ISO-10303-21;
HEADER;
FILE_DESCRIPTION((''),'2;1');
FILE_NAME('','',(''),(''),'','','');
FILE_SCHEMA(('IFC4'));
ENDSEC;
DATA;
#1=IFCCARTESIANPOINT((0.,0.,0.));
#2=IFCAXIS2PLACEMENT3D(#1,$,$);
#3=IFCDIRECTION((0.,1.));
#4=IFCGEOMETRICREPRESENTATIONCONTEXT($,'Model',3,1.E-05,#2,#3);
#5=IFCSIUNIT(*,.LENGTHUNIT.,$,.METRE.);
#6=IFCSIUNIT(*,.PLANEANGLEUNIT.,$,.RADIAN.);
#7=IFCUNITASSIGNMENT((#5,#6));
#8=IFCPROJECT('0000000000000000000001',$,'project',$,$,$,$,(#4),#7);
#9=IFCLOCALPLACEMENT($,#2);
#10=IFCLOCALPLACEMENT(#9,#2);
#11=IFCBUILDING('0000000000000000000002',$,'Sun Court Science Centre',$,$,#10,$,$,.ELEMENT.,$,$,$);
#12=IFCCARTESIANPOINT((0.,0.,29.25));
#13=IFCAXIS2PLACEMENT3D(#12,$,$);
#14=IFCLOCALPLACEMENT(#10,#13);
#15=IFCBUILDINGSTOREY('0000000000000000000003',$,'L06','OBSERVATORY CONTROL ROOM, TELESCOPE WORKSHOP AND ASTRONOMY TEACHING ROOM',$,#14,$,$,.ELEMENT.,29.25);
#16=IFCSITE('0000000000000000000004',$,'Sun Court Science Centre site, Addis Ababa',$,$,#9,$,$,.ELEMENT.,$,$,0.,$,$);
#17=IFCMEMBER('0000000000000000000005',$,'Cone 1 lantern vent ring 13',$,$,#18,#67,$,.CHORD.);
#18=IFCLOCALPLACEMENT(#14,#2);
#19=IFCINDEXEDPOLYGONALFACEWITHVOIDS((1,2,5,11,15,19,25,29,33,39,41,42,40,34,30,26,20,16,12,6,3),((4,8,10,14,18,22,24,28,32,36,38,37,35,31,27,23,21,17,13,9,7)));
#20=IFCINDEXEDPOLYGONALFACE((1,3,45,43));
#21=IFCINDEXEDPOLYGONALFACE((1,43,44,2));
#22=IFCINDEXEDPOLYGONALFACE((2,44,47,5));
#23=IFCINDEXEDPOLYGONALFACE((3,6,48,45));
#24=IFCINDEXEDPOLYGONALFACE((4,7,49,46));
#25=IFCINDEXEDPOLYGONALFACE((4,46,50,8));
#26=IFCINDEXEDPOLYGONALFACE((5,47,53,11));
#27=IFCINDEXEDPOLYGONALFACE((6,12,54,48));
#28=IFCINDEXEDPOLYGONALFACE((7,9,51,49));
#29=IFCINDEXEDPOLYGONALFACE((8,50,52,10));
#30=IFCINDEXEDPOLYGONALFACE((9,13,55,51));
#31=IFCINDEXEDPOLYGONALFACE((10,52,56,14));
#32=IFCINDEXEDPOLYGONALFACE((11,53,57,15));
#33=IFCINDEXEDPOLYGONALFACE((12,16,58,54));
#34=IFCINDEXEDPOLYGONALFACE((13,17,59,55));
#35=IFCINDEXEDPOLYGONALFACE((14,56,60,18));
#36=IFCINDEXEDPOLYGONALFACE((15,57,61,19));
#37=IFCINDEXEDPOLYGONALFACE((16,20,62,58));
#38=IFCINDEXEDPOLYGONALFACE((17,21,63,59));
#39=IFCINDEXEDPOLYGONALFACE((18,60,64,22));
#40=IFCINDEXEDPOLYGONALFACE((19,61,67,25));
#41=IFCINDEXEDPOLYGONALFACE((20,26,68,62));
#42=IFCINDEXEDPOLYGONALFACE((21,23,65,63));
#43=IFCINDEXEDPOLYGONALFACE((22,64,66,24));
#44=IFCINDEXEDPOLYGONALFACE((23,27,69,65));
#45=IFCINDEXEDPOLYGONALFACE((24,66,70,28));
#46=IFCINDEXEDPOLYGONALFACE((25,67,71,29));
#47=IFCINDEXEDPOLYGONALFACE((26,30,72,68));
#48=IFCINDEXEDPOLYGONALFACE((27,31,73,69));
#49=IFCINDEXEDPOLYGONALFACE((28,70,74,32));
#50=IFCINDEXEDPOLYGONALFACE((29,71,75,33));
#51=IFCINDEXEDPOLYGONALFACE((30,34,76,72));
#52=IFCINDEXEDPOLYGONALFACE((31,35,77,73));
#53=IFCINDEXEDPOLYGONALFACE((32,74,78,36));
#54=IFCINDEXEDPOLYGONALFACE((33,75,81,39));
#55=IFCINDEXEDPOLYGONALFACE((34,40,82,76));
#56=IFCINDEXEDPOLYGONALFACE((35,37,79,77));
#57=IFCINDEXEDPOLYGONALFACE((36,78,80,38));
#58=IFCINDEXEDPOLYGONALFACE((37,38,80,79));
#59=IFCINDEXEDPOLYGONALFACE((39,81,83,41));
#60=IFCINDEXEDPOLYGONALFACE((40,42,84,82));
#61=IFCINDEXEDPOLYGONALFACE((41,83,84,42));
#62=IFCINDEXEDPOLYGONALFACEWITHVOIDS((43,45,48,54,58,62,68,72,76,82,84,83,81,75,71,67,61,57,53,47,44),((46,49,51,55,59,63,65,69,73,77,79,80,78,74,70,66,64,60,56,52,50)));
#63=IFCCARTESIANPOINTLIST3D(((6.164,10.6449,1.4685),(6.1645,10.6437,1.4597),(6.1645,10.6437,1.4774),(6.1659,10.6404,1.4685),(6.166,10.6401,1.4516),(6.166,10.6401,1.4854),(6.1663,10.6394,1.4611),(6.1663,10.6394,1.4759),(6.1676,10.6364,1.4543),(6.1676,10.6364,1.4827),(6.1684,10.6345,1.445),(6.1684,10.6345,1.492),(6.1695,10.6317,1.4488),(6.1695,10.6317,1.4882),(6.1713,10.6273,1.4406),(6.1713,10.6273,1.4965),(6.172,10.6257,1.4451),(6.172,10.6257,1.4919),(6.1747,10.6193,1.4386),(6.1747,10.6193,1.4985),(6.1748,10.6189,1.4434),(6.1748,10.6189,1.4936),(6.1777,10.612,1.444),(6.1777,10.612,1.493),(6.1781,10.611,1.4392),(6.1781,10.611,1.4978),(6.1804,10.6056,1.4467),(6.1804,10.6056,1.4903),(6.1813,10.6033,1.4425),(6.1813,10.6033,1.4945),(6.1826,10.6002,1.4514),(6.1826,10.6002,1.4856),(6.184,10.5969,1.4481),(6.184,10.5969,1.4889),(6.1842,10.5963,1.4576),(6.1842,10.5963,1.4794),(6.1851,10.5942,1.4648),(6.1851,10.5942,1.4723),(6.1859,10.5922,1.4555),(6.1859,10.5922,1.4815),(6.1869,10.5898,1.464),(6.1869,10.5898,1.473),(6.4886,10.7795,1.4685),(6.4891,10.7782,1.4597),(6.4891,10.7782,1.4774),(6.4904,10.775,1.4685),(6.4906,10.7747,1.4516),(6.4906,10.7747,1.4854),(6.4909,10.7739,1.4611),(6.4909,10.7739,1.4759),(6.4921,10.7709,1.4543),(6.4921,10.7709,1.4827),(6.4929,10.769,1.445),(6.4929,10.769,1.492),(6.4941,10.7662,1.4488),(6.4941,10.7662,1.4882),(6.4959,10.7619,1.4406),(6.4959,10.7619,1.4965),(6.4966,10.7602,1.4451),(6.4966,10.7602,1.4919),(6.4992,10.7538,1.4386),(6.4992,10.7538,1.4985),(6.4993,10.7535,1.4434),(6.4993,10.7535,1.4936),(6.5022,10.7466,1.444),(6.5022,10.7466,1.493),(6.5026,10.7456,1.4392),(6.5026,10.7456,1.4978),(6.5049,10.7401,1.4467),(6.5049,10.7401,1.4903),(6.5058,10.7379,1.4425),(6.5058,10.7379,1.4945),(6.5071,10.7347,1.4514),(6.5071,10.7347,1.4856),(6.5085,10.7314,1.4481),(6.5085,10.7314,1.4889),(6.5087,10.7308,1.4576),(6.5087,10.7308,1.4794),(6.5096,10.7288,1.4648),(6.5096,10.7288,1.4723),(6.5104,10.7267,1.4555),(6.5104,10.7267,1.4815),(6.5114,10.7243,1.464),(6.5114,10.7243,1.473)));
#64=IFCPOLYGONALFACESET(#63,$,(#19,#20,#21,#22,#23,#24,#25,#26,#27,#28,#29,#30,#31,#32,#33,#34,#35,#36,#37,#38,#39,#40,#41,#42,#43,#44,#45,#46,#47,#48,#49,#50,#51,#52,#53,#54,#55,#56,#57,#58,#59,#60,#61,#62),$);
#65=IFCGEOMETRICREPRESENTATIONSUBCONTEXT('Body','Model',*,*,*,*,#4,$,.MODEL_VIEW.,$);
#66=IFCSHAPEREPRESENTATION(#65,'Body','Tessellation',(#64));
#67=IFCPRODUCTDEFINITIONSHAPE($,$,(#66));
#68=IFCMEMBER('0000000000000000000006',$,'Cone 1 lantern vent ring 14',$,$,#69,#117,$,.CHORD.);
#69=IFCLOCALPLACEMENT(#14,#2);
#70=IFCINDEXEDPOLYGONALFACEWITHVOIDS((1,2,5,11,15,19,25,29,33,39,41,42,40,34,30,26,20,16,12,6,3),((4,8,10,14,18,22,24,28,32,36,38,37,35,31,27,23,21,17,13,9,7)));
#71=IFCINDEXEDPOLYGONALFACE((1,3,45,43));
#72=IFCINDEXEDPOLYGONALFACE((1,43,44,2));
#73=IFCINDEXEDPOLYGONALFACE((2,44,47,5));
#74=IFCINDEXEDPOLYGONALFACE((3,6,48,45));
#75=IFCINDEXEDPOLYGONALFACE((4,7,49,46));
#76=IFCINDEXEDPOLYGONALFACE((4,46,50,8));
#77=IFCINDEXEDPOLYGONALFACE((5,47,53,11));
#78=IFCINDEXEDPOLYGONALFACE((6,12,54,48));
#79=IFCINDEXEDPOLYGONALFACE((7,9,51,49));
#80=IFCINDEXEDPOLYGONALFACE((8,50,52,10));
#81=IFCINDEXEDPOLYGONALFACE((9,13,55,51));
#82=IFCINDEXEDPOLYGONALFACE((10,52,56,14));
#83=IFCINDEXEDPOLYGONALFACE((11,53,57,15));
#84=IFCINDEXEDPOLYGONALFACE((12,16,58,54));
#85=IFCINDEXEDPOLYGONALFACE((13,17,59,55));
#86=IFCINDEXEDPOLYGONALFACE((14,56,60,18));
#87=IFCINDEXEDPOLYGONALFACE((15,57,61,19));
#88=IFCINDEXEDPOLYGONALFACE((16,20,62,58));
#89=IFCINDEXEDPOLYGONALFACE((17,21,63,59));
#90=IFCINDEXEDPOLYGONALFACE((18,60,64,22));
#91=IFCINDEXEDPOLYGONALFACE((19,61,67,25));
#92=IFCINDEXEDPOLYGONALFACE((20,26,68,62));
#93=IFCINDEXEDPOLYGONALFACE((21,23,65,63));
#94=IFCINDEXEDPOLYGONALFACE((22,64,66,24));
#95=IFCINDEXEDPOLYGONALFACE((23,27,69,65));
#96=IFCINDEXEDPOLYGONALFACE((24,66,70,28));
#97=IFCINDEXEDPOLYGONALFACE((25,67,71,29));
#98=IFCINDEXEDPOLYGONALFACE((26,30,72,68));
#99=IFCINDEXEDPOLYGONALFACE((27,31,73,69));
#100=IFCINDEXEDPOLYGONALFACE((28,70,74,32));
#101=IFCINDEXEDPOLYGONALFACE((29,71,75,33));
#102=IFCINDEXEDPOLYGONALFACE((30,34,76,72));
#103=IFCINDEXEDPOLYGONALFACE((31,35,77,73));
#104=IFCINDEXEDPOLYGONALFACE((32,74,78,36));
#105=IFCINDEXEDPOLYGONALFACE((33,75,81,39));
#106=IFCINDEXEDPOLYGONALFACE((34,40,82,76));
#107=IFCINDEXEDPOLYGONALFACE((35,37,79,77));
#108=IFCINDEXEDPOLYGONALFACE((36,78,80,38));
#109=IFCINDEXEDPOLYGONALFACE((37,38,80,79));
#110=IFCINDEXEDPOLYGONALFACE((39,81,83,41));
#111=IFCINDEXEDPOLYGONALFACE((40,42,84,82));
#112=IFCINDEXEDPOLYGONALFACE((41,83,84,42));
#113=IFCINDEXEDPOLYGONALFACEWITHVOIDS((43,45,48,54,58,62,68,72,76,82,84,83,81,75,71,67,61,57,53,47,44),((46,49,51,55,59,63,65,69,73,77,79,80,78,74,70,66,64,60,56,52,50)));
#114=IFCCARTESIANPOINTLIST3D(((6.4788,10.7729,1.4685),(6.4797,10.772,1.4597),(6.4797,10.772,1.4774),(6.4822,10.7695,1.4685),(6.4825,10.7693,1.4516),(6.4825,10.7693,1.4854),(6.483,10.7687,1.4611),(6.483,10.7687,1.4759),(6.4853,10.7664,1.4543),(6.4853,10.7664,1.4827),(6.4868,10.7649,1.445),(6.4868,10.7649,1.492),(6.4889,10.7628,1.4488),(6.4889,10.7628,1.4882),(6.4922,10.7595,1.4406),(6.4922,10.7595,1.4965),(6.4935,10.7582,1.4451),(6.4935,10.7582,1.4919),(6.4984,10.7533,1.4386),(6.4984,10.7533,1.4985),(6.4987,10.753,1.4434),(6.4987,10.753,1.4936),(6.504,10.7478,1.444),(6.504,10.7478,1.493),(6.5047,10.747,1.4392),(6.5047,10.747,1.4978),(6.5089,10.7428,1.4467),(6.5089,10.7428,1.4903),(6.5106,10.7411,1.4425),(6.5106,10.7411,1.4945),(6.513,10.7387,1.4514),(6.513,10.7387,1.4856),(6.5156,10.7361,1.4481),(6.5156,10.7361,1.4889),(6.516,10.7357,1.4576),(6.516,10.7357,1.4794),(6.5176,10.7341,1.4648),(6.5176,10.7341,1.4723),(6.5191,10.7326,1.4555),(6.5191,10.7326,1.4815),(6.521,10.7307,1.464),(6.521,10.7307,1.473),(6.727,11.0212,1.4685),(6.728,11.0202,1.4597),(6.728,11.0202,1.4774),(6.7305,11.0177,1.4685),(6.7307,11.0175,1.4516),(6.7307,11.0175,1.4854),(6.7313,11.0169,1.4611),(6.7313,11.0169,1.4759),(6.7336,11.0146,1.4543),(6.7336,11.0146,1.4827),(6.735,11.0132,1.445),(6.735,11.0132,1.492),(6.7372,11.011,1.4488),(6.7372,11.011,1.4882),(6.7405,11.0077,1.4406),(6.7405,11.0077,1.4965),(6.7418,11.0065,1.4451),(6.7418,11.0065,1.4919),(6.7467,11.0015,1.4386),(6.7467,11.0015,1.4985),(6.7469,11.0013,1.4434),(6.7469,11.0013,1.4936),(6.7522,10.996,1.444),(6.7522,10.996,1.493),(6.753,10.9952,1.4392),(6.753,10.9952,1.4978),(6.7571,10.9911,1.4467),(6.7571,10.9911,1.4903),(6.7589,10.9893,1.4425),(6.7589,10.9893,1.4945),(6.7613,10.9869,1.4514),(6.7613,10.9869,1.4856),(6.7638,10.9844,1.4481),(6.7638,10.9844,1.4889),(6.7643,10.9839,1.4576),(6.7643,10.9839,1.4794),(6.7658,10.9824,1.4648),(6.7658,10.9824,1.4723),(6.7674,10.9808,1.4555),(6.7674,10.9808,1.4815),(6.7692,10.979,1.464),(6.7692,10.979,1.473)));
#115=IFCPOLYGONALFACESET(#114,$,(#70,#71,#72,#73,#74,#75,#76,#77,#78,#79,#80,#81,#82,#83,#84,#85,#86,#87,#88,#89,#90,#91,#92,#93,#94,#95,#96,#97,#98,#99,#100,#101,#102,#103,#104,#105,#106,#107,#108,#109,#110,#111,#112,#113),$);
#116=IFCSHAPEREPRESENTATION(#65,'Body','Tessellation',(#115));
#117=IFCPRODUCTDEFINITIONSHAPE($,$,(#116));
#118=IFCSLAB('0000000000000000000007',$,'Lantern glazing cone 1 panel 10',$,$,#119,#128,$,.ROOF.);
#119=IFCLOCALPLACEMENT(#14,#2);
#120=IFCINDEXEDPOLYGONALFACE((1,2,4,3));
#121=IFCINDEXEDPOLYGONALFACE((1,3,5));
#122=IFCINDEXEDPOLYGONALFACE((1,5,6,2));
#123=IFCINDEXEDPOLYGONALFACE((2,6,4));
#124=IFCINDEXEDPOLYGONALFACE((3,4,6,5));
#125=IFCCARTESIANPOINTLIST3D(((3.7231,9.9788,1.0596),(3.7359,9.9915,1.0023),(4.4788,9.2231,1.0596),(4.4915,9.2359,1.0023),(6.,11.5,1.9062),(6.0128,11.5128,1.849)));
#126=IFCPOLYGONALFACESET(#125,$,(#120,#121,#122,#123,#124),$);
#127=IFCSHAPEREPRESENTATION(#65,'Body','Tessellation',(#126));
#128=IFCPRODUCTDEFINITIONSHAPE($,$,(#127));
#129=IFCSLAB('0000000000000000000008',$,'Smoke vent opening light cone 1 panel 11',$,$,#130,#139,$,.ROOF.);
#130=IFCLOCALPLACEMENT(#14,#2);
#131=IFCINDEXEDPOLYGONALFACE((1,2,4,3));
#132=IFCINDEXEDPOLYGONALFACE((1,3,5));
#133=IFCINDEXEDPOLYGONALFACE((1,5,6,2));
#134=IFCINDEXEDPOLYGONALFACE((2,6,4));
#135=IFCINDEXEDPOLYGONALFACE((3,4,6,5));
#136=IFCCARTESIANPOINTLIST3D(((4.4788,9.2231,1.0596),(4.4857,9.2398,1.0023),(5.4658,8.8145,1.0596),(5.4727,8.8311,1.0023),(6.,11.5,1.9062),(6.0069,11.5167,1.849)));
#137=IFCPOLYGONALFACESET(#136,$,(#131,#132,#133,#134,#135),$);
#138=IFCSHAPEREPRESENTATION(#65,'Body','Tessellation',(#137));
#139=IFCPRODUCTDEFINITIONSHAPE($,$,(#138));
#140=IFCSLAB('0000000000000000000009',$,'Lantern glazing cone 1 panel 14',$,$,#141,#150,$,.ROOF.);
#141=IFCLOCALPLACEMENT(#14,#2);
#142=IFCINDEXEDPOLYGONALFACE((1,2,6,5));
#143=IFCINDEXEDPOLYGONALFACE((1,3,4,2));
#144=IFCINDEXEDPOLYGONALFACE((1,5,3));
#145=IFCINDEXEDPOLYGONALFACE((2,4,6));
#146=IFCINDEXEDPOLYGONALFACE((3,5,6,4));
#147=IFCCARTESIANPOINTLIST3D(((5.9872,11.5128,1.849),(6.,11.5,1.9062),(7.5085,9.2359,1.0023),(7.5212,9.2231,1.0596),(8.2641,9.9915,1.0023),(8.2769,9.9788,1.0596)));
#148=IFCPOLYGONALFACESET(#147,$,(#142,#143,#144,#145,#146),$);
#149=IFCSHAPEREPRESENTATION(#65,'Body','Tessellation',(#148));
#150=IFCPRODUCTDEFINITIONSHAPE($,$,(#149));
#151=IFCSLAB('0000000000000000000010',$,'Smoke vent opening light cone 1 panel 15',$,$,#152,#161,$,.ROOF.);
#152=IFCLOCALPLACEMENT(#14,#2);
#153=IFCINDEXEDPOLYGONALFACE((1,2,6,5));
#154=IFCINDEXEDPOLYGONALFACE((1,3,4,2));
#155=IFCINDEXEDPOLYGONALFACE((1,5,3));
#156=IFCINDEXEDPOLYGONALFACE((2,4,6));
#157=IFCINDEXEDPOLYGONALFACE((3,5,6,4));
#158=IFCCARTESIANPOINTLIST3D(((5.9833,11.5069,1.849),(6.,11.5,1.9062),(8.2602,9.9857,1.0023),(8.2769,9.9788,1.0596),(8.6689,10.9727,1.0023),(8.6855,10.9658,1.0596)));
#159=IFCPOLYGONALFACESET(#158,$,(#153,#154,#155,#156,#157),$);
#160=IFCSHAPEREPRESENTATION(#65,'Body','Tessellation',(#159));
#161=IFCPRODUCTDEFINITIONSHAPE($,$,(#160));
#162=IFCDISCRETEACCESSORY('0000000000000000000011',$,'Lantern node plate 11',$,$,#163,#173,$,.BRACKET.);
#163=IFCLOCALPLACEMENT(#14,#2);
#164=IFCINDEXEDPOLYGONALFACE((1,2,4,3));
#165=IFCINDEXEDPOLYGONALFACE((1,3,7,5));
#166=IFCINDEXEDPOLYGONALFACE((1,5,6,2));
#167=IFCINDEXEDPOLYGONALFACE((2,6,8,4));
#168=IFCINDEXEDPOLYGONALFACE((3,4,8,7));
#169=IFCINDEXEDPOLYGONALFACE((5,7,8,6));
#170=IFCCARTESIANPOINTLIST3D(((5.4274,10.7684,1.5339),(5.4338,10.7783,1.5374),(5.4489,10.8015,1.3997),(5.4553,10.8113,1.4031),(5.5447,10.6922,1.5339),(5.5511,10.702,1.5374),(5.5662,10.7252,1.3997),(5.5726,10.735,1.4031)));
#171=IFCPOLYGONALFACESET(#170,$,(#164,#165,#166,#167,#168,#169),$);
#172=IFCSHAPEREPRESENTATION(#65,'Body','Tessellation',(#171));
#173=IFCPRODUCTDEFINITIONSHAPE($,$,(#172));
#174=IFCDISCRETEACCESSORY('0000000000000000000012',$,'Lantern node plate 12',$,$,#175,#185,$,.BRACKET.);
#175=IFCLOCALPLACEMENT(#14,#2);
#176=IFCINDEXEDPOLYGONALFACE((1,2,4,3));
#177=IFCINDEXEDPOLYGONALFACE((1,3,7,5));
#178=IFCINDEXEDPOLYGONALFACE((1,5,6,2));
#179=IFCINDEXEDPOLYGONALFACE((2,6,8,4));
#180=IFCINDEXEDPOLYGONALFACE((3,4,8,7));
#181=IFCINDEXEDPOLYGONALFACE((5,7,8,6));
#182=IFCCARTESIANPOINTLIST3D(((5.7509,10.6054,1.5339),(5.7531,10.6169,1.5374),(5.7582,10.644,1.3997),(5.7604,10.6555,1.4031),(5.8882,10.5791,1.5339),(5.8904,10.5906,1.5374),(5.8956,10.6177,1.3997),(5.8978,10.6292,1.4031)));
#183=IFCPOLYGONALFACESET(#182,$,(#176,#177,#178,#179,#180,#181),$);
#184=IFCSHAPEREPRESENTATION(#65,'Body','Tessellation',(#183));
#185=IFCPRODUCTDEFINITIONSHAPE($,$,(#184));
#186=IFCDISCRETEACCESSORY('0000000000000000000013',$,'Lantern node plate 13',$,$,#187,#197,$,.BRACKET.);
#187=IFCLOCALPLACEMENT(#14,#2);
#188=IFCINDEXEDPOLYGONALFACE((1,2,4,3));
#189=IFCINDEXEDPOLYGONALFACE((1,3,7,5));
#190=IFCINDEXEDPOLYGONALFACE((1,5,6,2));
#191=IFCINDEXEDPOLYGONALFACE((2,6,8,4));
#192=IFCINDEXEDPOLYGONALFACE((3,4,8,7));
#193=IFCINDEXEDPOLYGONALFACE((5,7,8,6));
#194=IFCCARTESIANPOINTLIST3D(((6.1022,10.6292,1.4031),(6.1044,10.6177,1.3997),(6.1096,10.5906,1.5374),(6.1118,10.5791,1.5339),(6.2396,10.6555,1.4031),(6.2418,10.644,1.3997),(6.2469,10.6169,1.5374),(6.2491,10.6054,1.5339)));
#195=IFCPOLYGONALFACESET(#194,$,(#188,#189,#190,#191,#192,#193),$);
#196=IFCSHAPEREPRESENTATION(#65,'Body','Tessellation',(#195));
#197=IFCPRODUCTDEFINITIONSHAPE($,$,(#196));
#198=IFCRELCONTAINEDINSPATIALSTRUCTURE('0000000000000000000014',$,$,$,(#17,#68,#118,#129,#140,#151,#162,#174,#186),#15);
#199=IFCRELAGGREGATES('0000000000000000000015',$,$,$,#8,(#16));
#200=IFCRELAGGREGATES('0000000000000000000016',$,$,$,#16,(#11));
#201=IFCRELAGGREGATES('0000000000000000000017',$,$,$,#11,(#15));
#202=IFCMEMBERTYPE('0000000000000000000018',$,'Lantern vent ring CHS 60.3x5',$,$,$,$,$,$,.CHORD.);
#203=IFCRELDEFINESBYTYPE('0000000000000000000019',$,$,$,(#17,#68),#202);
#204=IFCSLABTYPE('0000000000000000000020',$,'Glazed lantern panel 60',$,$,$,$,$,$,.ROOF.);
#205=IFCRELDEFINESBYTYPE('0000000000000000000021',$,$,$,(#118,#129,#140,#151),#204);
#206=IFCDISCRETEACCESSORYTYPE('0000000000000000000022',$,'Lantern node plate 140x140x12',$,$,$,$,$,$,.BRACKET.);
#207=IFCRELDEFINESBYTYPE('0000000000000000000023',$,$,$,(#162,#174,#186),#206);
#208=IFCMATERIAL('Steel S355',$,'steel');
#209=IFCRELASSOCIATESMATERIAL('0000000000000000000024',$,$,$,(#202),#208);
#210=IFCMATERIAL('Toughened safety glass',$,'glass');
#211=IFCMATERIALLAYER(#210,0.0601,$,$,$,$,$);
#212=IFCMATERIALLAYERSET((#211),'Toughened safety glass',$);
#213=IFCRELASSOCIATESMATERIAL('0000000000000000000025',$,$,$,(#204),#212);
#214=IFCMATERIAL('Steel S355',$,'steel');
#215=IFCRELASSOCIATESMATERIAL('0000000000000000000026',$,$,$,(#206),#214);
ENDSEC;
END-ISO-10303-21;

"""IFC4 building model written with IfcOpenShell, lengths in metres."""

from ifc_helpers import new_model, si_unit, direction, frame, origin, origin_2d, place, context, subcontext, project, spatial, polyline, rectangle, hollow_circle, outline, extrude, material, layer, layer_set, material_profile, profile_set, type_object, element, save


model = new_model("IFC4")

# Units and contexts
model_context = context("Model", 3, precision=1e-05, world=origin(), true_north=direction((0.0, 1.0)))
body_context = subcontext(model_context, "Body", "Model", "MODEL_VIEW")
ifc_project = project(units=[si_unit("LENGTHUNIT", "METRE"), si_unit("PLANEANGLEUNIT", "RADIAN")], contexts=[model_context])

# Site, building, storey
site_placement = place(None, origin())
site = spatial("IfcSite", under=ifc_project, at=site_placement, Name="Sun Court Science Centre site, Addis Ababa", CompositionType="ELEMENT", RefElevation=0.0)
building_placement = place(site_placement, origin())
building = spatial("IfcBuilding", under=site, at=building_placement, Name="Sun Court Science Centre", CompositionType="ELEMENT")
storey_placement = place(building_placement, frame((0.0, 0.0, 29.25)))
storey = spatial("IfcBuildingStorey", under=building, at=storey_placement, Name="L06", Description="OBSERVATORY CONTROL ROOM, TELESCOPE WORKSHOP AND ASTRONOMY TEACHING ROOM", CompositionType="ELEMENT", Elevation=29.25)

# Members
ifc_material_1 = material(Name="Steel S355", Category="steel")
ifc_material_profile_1 = material_profile(ifc_material_1, hollow_circle(Radius=0.03, WallThickness=0.0049, at=origin_2d()), Name="CHS 60.3x5")
ifc_profile_set_1 = profile_set([ifc_material_profile_1], Name="Steel S355")
member_type_1 = type_object("IfcMemberType", Name="Lantern vent ring CHS 60.3x5", PredefinedType="CHORD", material=ifc_profile_set_1)
member_1_placement = place(storey_placement, frame((6.1755, 10.6172, 1.4685), z_axis=(0.923754, 0.382986, 0.0), x_axis=(-0.382986, 0.923754, 0.0)))
element("IfcMember", 1, at=member_1_placement, inside=storey, type_object=member_type_1, Name="Cone 1 lantern vent ring 13", PredefinedType="CHORD", context=body_context, shape_type="SweptSolid", body=[
    extrude(hollow_circle(Radius=0.03, WallThickness=0.0049, at=origin_2d()), origin(), (0.0, 0.0, 1.0), 0.3513),
])
member_2_placement = place(storey_placement, frame((6.5, 10.7517, 1.4685), z_axis=(0.707107, 0.707107, 0.0), x_axis=(-0.707107, 0.707107, 0.0)))
element("IfcMember", 2, at=member_2_placement, inside=storey, type_object=member_type_1, Name="Cone 1 lantern vent ring 14", PredefinedType="CHORD", context=body_context, shape_type="SweptSolid", body=[
    extrude(hollow_circle(Radius=0.03, WallThickness=0.0049, at=origin_2d()), origin(), (0.0, 0.0, 1.0), 0.3511),
])

# Slabs
ifc_material_2 = material(Name="Toughened safety glass", Category="glass")
ifc_layer = layer(ifc_material_2, 0.0601)
ifc_layer_set = layer_set([ifc_layer], Name="Toughened safety glass")
slab_type = type_object("IfcSlabType", Name="Glazed lantern panel 60", PredefinedType="ROOF", material=ifc_layer_set)
slab_1_placement = place(storey_placement, frame((3.7231, 9.9788, 1.0596), z_axis=(-0.212607, -0.212607, 0.953728), x_axis=(0.707107, -0.707107, 0.0)))
element("IfcSlab", 3, at=slab_1_placement, inside=storey, type_object=slab_type, Name="Lantern glazing cone 1 panel 10", PredefinedType="ROOF", context=body_context, shape_type="SweptSolid", body=[
    extrude(outline(polyline([(0.0, 0.0), (1.0686, 0.0), (0.5343, 2.816), (0.0, 0.0)])), origin(), (0.0, 0.0, -1.0), 0.0601),
])
slab_2_placement = place(storey_placement, frame((4.4788, 9.2231, 1.0596), z_axis=(-0.115025, -0.277804, 0.953726), x_axis=(0.923933, -0.382554, 0.0)))
element("IfcSlab", 4, at=slab_2_placement, inside=storey, type_object=slab_type, Name="Smoke vent opening light cone 1 panel 11", PredefinedType="ROOF", context=body_context, shape_type="SweptSolid", body=[
    extrude(outline(polyline([(0.0, 0.0), (1.0683, 0.0), (0.5345, 2.8159), (0.0, 0.0)])), origin(), (0.0, 0.0, -1.0), 0.0601),
])
slab_3_placement = place(storey_placement, frame((7.5212, 9.2231, 1.0596), z_axis=(0.212607, -0.212607, 0.953728), x_axis=(0.707107, 0.707107, 0.0)))
element("IfcSlab", 5, at=slab_3_placement, inside=storey, type_object=slab_type, Name="Lantern glazing cone 1 panel 14", PredefinedType="ROOF", context=body_context, shape_type="SweptSolid", body=[
    extrude(outline(polyline([(0.0, 0.0), (1.0686, 0.0), (0.5343, 2.816), (0.0, 0.0)])), origin(), (0.0, 0.0, -1.0), 0.0601),
])
slab_4_placement = place(storey_placement, frame((8.2769, 9.9788, 1.0596), z_axis=(0.277804, -0.115025, 0.953726), x_axis=(0.382554, 0.923933, 0.0)))
element("IfcSlab", 6, at=slab_4_placement, inside=storey, type_object=slab_type, Name="Smoke vent opening light cone 1 panel 15", PredefinedType="ROOF", context=body_context, shape_type="SweptSolid", body=[
    extrude(outline(polyline([(0.0, 0.0), (1.0683, 0.0), (0.5345, 2.8159), (0.0, 0.0)])), origin(), (0.0, 0.0, -1.0), 0.0601),
])

# Discrete accessories
ifc_material_3 = material(Name="Steel S355", Category="steel")
ifc_material_profile_2 = material_profile(ifc_material_3, rectangle(XDim=0.1399, YDim=0.1399, at=origin_2d()), Name="PL 140x140")
ifc_profile_set_2 = profile_set([ifc_material_profile_2], Name="Steel S355")
discrete_accessory_type = type_object("IfcDiscreteAccessoryType", Name="Lantern node plate 140x140x12", PredefinedType="BRACKET", material=ifc_profile_set_2)
for number, where, z_axis, x_axis, name in (
    (7, (5.4968, 10.7468, 1.4668), (0.522937, 0.804518, 0.281581), (-0.838444, 0.544988, 0.0), "Lantern node plate 11"),
    (8, (5.8232, 10.6116, 1.4668), (0.180506, 0.942643, 0.280787), (-0.982155, 0.188072, 0.0), "Lantern node plate 12"),
    (9, (6.1768, 10.6116, 1.4668), (-0.180506, 0.942643, 0.280787), (-0.982155, -0.188072, 0.0), "Lantern node plate 13"),
):
    element("IfcDiscreteAccessory", number, at=place(storey_placement, frame(where, z_axis=z_axis, x_axis=x_axis)), inside=storey, type_object=discrete_accessory_type, Name=name, PredefinedType="BRACKET", context=body_context, shape_type="SweptSolid", body=[
        extrude(rectangle(XDim=0.1399, YDim=0.1399, at=origin_2d()), origin(), (0.0, 0.0, 1.0), 0.0122),
    ])

save(model, "model.ifc")
